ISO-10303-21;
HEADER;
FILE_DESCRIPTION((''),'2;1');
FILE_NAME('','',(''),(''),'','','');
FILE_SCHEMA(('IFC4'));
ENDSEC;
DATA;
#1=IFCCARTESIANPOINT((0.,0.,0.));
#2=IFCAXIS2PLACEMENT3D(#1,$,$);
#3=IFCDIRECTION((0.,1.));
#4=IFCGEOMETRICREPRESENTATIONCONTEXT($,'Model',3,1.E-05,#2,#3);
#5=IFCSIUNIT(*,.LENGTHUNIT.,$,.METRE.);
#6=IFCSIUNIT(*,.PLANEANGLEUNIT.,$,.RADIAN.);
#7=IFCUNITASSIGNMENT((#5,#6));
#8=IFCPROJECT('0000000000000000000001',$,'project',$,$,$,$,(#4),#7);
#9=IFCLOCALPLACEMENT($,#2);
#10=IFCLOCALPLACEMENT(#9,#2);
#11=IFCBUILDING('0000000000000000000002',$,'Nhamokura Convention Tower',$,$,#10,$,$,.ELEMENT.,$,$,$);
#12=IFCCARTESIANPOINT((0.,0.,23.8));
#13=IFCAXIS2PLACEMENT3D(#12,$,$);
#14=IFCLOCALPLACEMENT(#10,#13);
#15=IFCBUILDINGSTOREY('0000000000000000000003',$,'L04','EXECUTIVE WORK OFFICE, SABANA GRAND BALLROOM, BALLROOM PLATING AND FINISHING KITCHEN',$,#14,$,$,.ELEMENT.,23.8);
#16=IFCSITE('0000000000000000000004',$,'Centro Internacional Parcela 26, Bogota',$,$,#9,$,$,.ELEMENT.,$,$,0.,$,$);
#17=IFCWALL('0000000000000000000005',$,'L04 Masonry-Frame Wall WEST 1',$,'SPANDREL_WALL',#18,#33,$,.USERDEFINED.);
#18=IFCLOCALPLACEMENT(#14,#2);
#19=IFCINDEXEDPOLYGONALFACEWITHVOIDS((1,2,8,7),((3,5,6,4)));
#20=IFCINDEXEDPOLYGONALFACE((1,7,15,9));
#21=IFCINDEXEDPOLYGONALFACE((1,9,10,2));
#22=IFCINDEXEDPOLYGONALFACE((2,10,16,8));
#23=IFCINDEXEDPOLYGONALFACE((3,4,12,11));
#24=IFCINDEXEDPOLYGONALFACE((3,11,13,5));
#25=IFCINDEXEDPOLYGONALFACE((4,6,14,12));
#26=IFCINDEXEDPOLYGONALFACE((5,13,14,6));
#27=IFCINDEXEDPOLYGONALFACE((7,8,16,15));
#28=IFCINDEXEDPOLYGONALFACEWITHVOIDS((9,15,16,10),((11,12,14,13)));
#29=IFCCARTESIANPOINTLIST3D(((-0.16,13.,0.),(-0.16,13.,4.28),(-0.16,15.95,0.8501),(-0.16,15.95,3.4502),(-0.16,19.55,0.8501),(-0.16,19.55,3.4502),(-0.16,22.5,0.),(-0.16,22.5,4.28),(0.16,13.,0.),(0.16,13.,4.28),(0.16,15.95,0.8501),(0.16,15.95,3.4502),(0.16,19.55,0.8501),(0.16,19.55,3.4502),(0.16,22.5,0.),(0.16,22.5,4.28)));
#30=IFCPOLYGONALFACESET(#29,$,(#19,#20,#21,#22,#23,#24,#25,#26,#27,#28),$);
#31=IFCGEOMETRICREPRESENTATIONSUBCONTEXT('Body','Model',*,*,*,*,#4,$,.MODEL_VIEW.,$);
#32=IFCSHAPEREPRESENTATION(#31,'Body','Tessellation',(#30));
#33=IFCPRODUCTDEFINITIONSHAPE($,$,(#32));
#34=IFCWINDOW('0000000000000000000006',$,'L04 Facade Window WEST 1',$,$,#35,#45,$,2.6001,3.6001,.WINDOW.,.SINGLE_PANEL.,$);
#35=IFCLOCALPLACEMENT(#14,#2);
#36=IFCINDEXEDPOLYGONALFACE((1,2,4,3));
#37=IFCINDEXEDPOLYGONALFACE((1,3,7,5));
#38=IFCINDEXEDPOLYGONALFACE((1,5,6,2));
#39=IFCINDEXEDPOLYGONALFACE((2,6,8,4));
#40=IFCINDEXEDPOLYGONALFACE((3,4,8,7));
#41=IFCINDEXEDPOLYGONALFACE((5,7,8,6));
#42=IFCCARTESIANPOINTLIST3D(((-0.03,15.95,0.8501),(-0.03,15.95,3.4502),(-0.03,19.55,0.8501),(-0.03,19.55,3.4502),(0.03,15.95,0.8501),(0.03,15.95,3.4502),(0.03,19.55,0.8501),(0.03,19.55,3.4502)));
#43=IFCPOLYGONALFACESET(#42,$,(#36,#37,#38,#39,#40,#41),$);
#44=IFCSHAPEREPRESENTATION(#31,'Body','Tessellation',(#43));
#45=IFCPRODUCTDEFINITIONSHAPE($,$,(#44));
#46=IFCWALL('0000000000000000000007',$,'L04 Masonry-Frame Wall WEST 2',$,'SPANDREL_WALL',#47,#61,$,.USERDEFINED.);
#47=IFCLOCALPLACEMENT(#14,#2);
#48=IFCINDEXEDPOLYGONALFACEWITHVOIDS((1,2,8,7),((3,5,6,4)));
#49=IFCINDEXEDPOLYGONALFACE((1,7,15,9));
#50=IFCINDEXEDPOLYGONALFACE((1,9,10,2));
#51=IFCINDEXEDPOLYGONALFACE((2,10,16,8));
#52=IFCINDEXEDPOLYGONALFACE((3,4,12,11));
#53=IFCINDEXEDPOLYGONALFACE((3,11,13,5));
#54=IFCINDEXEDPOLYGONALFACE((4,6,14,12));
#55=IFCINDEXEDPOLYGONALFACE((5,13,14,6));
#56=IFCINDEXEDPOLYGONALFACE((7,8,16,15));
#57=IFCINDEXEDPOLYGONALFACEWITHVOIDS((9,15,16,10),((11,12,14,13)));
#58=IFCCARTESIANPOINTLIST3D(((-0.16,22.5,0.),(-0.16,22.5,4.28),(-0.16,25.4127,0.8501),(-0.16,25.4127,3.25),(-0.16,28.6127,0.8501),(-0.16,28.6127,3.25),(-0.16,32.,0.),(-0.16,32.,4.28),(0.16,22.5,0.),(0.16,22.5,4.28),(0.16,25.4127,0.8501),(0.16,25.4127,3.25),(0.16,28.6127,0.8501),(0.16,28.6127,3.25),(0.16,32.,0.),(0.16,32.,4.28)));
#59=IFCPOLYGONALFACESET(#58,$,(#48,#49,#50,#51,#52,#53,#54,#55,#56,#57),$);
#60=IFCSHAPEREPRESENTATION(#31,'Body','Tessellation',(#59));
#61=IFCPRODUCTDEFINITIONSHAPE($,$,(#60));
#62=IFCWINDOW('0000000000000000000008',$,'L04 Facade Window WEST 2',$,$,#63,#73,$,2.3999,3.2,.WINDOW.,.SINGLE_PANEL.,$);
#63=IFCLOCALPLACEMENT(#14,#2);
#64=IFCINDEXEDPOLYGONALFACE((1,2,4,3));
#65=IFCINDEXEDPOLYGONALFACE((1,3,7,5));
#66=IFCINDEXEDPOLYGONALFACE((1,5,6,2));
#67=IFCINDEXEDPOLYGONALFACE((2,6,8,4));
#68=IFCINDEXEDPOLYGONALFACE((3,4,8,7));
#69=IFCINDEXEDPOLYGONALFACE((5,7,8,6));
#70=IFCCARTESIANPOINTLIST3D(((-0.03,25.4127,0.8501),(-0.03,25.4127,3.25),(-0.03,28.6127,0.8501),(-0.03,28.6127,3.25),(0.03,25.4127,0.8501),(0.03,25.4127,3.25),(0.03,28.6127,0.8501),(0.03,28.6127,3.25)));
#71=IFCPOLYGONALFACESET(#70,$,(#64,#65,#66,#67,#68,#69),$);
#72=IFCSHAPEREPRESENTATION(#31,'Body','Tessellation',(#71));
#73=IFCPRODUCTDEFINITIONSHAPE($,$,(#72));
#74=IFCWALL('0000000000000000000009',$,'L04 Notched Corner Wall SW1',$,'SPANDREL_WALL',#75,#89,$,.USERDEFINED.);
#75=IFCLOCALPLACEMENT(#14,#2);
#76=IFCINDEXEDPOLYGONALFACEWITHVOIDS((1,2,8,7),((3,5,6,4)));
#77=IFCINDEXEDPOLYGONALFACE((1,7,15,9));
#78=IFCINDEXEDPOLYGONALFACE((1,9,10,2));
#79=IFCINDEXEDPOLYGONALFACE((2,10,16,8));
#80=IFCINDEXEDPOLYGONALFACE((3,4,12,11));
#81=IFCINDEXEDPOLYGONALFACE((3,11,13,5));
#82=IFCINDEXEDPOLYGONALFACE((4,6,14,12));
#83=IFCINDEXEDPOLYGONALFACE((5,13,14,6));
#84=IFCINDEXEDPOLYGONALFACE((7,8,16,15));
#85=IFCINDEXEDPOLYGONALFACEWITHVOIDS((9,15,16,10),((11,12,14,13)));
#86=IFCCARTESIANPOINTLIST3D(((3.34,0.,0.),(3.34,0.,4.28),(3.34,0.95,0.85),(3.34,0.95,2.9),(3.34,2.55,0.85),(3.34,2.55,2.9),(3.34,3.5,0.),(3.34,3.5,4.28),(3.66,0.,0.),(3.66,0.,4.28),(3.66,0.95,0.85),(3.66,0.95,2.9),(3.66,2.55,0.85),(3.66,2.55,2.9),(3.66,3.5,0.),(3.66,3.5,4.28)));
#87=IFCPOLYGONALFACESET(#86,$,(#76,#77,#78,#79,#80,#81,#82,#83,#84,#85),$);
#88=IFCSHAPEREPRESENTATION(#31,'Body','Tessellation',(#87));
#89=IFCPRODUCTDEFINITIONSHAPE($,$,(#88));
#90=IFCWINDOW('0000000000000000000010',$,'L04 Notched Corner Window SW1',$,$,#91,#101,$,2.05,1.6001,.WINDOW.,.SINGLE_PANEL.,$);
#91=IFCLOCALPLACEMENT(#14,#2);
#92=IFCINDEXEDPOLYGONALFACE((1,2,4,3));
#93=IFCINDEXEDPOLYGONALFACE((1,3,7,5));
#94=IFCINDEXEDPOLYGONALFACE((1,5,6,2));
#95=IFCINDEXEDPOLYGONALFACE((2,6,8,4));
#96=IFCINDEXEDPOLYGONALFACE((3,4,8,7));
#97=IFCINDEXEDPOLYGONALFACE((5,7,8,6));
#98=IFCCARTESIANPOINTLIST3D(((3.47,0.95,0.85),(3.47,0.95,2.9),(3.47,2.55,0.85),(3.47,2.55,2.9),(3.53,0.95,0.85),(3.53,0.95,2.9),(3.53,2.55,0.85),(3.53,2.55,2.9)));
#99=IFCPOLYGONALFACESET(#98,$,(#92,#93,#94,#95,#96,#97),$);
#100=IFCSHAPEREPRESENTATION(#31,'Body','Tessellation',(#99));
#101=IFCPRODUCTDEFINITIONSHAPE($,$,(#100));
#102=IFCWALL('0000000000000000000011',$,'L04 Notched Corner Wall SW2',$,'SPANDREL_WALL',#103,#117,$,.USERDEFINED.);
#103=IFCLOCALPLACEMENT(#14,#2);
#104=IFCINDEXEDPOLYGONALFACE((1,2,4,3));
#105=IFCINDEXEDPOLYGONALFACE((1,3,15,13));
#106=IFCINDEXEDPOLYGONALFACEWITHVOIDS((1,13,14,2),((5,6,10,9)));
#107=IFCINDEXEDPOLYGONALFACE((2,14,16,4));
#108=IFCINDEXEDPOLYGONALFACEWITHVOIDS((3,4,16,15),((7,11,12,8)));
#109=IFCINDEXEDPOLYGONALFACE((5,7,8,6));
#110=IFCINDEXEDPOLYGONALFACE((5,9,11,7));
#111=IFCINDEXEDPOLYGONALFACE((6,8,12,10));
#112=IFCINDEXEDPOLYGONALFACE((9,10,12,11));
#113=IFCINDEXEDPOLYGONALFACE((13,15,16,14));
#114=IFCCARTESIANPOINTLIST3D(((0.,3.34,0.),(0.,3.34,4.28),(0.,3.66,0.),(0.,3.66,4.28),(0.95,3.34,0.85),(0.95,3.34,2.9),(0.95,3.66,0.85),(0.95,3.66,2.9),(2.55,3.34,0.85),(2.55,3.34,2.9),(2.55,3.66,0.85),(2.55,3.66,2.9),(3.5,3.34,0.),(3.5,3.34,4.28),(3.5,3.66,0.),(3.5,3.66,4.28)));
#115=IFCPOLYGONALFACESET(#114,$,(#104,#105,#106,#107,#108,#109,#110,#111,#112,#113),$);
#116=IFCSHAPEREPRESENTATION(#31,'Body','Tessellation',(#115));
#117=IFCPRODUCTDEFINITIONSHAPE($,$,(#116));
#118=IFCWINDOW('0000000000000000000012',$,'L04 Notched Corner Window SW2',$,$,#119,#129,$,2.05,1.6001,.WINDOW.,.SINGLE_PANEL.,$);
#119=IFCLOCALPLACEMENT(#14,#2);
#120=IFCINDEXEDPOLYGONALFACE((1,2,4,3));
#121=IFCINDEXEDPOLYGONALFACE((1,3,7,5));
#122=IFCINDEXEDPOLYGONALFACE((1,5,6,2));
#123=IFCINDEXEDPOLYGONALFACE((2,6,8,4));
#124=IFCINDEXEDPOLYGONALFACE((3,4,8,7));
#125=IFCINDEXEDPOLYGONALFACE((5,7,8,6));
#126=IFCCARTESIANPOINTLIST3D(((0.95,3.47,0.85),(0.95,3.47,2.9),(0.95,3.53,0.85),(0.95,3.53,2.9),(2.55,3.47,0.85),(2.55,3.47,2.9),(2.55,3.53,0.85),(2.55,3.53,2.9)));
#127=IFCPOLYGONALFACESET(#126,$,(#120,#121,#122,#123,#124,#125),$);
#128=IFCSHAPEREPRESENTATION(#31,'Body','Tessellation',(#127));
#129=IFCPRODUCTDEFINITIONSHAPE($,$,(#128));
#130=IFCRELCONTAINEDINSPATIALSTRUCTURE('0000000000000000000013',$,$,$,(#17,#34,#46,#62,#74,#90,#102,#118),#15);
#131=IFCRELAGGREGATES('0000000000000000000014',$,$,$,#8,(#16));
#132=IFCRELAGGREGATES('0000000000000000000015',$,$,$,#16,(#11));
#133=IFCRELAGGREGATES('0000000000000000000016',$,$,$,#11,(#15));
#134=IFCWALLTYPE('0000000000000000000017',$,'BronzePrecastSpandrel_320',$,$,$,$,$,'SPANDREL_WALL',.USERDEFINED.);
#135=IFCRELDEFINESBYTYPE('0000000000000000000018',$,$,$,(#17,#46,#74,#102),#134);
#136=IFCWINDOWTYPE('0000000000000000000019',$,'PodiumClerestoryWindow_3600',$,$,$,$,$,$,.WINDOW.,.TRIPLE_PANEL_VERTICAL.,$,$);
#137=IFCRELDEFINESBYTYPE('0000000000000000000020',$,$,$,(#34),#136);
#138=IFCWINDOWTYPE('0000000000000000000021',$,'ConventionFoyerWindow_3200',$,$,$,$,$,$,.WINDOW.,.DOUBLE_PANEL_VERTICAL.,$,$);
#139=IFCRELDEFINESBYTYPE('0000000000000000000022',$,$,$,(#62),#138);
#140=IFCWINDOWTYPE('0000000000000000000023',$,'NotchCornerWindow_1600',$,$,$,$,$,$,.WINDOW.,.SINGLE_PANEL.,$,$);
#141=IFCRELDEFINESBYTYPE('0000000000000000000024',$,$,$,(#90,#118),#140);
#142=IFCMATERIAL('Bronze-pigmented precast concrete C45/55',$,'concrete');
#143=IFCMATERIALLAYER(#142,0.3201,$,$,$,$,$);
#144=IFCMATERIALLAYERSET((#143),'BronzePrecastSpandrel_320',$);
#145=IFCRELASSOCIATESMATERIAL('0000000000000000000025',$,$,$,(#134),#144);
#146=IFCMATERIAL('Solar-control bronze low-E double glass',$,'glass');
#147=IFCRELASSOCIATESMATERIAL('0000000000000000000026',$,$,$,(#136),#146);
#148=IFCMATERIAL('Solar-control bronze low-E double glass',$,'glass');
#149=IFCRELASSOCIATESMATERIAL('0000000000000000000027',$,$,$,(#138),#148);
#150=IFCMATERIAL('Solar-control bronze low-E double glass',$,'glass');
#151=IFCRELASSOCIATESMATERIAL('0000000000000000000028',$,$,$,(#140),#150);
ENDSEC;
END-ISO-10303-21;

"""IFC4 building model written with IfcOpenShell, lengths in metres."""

from ifc_helpers import new_model, si_unit, direction, frame, frame_2d, origin, place, context, subcontext, project, spatial, rectangle, extrude, material, layer, layer_set, type_object, element, fill, save


model = new_model("IFC4")

# Units and contexts
model_context = context("Model", 3, precision=1e-05, world=origin(), true_north=direction((0.0, 1.0)))
body_context = subcontext(model_context, "Body", "Model", "MODEL_VIEW")
ifc_project = project(units=[si_unit("LENGTHUNIT", "METRE"), si_unit("PLANEANGLEUNIT", "RADIAN")], contexts=[model_context])

# Site, building, storey
site_placement = place(None, origin())
site = spatial("IfcSite", under=ifc_project, at=site_placement, Name="Centro Internacional Parcela 26, Bogota", CompositionType="ELEMENT", RefElevation=0.0)
building_placement = place(site_placement, origin())
building = spatial("IfcBuilding", under=site, at=building_placement, Name="Nhamokura Convention Tower", CompositionType="ELEMENT")
storey_placement = place(building_placement, frame((0.0, 0.0, 23.8)))
storey = spatial("IfcBuildingStorey", under=building, at=storey_placement, Name="L04", Description="EXECUTIVE WORK OFFICE, SABANA GRAND BALLROOM, BALLROOM PLATING AND FINISHING KITCHEN", CompositionType="ELEMENT", Elevation=23.8)

# Shared definitions
ifc_material_1 = material(Name="Bronze-pigmented precast concrete C45/55", Category="concrete")
ifc_layer = layer(ifc_material_1, 0.3201)
ifc_layer_set = layer_set([ifc_layer], Name="BronzePrecastSpandrel_320")
wall_type = type_object("IfcWallType", Name="BronzePrecastSpandrel_320", ElementType="SPANDREL_WALL", PredefinedType="USERDEFINED", material=ifc_layer_set)

# Walls, openings, windows
wall_1_placement = place(storey_placement, frame((0.0, 13.0, 0.0), z_axis=(0.0, 0.0, 1.0), x_axis=(0.0, 1.0, 0.0)))
wall_1 = element("IfcWall", 1, at=wall_1_placement, inside=storey, type_object=wall_type, Name="L04 Masonry-Frame Wall WEST 1", ObjectType="SPANDREL_WALL", PredefinedType="USERDEFINED", context=body_context, shape_type="SweptSolid", body=[
    extrude(rectangle(XDim=9.5, YDim=0.3201, at=frame_2d((4.75, 0.0))), origin(), (0.0, 0.0, 1.0), 4.28),
])
opening_1_placement = place(wall_1_placement, frame((2.95, 0.0, 0.8501)))
opening_1 = element("IfcOpeningElement", 2, at=opening_1_placement, cuts=wall_1, PredefinedType="OPENING", context=body_context, shape_type="SweptSolid", body=[
    extrude(rectangle(XDim=3.6001, YDim=2.6001, at=frame_2d((1.8, 1.3))), frame((0.0, 0.1699, 0.0), z_axis=(0.0, -1.0, 0.0), x_axis=(1.0, 0.0, 0.0)), (0.0, 0.0, 1.0), 0.3401),
])
ifc_material_2 = material(Name="Solar-control bronze low-E double glass", Category="glass")
window_type_1 = type_object("IfcWindowType", Name="PodiumClerestoryWindow_3600", PartitioningType="TRIPLE_PANEL_VERTICAL", PredefinedType="WINDOW", material=ifc_material_2)
window_1_placement = place(opening_1_placement, origin())
window_1 = element("IfcWindow", 3, at=window_1_placement, inside=storey, type_object=window_type_1, Name="L04 Facade Window WEST 1", OverallHeight=2.6001, OverallWidth=3.6001, PartitioningType="SINGLE_PANEL", PredefinedType="WINDOW", context=body_context, shape_type="SweptSolid", body=[
    extrude(rectangle(XDim=3.6001, YDim=2.6001, at=frame_2d((1.8, 1.3))), frame((0.0, 0.03, 0.0), z_axis=(0.0, -1.0, 0.0), x_axis=(1.0, 0.0, 0.0)), (0.0, 0.0, 1.0), 0.0601),
])
fill(opening_1, window_1)
wall_2_placement = place(storey_placement, frame((0.0, 22.5, 0.0), z_axis=(0.0, 0.0, 1.0), x_axis=(0.0, 1.0, 0.0)))
wall_2 = element("IfcWall", 4, at=wall_2_placement, inside=storey, type_object=wall_type, Name="L04 Masonry-Frame Wall WEST 2", ObjectType="SPANDREL_WALL", PredefinedType="USERDEFINED", context=body_context, shape_type="SweptSolid", body=[
    extrude(rectangle(XDim=9.5, YDim=0.3201, at=frame_2d((4.75, 0.0))), origin(), (0.0, 0.0, 1.0), 4.28),
])
opening_2_placement = place(wall_2_placement, frame((2.9126, 0.0, 0.8501)))
opening_2 = element("IfcOpeningElement", 5, at=opening_2_placement, cuts=wall_2, PredefinedType="OPENING", context=body_context, shape_type="SweptSolid", body=[
    extrude(rectangle(XDim=3.2, YDim=2.3999, at=frame_2d((1.6001, 1.2))), frame((0.0, 0.1699, 0.0), z_axis=(0.0, -1.0, 0.0), x_axis=(1.0, 0.0, 0.0)), (0.0, 0.0, 1.0), 0.3401),
])
ifc_material_3 = material(Name="Solar-control bronze low-E double glass", Category="glass")
window_type_2 = type_object("IfcWindowType", Name="ConventionFoyerWindow_3200", PartitioningType="DOUBLE_PANEL_VERTICAL", PredefinedType="WINDOW", material=ifc_material_3)
window_2_placement = place(opening_2_placement, origin())
window_2 = element("IfcWindow", 6, at=window_2_placement, inside=storey, type_object=window_type_2, Name="L04 Facade Window WEST 2", OverallHeight=2.3999, OverallWidth=3.2, PartitioningType="SINGLE_PANEL", PredefinedType="WINDOW", context=body_context, shape_type="SweptSolid", body=[
    extrude(rectangle(XDim=3.2, YDim=2.3999, at=frame_2d((1.6001, 1.2))), frame((0.0, 0.03, 0.0), z_axis=(0.0, -1.0, 0.0), x_axis=(1.0, 0.0, 0.0)), (0.0, 0.0, 1.0), 0.0601),
])
fill(opening_2, window_2)
wall_3_placement = place(storey_placement, frame((3.5, 0.0, 0.0), z_axis=(0.0, 0.0, 1.0), x_axis=(0.0, 1.0, 0.0)))
wall_3 = element("IfcWall", 7, at=wall_3_placement, inside=storey, type_object=wall_type, Name="L04 Notched Corner Wall SW1", ObjectType="SPANDREL_WALL", PredefinedType="USERDEFINED", context=body_context, shape_type="SweptSolid", body=[
    extrude(rectangle(XDim=3.5, YDim=0.3201, at=frame_2d((1.75, 0.0))), origin(), (0.0, 0.0, 1.0), 4.28),
])
opening_3_placement = place(wall_3_placement, frame((0.95, 0.0, 0.8501)))
opening_3 = element("IfcOpeningElement", 8, at=opening_3_placement, cuts=wall_3, PredefinedType="OPENING", context=body_context, shape_type="SweptSolid", body=[
    extrude(rectangle(XDim=1.6001, YDim=2.05, at=frame_2d((0.8, 1.0249))), frame((0.0, 0.1699, 0.0), z_axis=(0.0, -1.0, 0.0), x_axis=(1.0, 0.0, 0.0)), (0.0, 0.0, 1.0), 0.3401),
])
ifc_material_4 = material(Name="Solar-control bronze low-E double glass", Category="glass")
window_type_3 = type_object("IfcWindowType", Name="NotchCornerWindow_1600", PartitioningType="SINGLE_PANEL", PredefinedType="WINDOW", material=ifc_material_4)
window_3_placement = place(opening_3_placement, origin())
window_3 = element("IfcWindow", 9, at=window_3_placement, inside=storey, type_object=window_type_3, Name="L04 Notched Corner Window SW1", OverallHeight=2.05, OverallWidth=1.6001, PartitioningType="SINGLE_PANEL", PredefinedType="WINDOW", context=body_context, shape_type="SweptSolid", body=[
    extrude(rectangle(XDim=1.6001, YDim=2.05, at=frame_2d((0.8, 1.0249))), frame((0.0, 0.03, 0.0), z_axis=(0.0, -1.0, 0.0), x_axis=(1.0, 0.0, 0.0)), (0.0, 0.0, 1.0), 0.0601),
])
fill(opening_3, window_3)
wall_4_placement = place(storey_placement, frame((3.5, 3.5, 0.0), z_axis=(0.0, 0.0, 1.0), x_axis=(-1.0, 0.0, 0.0)))
wall_4 = element("IfcWall", 10, at=wall_4_placement, inside=storey, type_object=wall_type, Name="L04 Notched Corner Wall SW2", ObjectType="SPANDREL_WALL", PredefinedType="USERDEFINED", context=body_context, shape_type="SweptSolid", body=[
    extrude(rectangle(XDim=3.5, YDim=0.3201, at=frame_2d((1.75, 0.0))), origin(), (0.0, 0.0, 1.0), 4.28),
])
opening_4_placement = place(wall_4_placement, frame((0.95, 0.0, 0.8501)))
opening_4 = element("IfcOpeningElement", 11, at=opening_4_placement, cuts=wall_4, PredefinedType="OPENING", context=body_context, shape_type="SweptSolid", body=[
    extrude(rectangle(XDim=1.6001, YDim=2.05, at=frame_2d((0.8, 1.0249))), frame((0.0, 0.1699, 0.0), z_axis=(0.0, -1.0, 0.0), x_axis=(1.0, 0.0, 0.0)), (0.0, 0.0, 1.0), 0.3401),
])
window_4_placement = place(opening_4_placement, origin())
window_4 = element("IfcWindow", 12, at=window_4_placement, inside=storey, type_object=window_type_3, Name="L04 Notched Corner Window SW2", OverallHeight=2.05, OverallWidth=1.6001, PartitioningType="SINGLE_PANEL", PredefinedType="WINDOW", context=body_context, shape_type="SweptSolid", body=[
    extrude(rectangle(XDim=1.6001, YDim=2.05, at=frame_2d((0.8, 1.0249))), frame((0.0, 0.03, 0.0), z_axis=(0.0, -1.0, 0.0), x_axis=(1.0, 0.0, 0.0)), (0.0, 0.0, 1.0), 0.0601),
])
fill(opening_4, window_4)

save(model, "model.ifc")
